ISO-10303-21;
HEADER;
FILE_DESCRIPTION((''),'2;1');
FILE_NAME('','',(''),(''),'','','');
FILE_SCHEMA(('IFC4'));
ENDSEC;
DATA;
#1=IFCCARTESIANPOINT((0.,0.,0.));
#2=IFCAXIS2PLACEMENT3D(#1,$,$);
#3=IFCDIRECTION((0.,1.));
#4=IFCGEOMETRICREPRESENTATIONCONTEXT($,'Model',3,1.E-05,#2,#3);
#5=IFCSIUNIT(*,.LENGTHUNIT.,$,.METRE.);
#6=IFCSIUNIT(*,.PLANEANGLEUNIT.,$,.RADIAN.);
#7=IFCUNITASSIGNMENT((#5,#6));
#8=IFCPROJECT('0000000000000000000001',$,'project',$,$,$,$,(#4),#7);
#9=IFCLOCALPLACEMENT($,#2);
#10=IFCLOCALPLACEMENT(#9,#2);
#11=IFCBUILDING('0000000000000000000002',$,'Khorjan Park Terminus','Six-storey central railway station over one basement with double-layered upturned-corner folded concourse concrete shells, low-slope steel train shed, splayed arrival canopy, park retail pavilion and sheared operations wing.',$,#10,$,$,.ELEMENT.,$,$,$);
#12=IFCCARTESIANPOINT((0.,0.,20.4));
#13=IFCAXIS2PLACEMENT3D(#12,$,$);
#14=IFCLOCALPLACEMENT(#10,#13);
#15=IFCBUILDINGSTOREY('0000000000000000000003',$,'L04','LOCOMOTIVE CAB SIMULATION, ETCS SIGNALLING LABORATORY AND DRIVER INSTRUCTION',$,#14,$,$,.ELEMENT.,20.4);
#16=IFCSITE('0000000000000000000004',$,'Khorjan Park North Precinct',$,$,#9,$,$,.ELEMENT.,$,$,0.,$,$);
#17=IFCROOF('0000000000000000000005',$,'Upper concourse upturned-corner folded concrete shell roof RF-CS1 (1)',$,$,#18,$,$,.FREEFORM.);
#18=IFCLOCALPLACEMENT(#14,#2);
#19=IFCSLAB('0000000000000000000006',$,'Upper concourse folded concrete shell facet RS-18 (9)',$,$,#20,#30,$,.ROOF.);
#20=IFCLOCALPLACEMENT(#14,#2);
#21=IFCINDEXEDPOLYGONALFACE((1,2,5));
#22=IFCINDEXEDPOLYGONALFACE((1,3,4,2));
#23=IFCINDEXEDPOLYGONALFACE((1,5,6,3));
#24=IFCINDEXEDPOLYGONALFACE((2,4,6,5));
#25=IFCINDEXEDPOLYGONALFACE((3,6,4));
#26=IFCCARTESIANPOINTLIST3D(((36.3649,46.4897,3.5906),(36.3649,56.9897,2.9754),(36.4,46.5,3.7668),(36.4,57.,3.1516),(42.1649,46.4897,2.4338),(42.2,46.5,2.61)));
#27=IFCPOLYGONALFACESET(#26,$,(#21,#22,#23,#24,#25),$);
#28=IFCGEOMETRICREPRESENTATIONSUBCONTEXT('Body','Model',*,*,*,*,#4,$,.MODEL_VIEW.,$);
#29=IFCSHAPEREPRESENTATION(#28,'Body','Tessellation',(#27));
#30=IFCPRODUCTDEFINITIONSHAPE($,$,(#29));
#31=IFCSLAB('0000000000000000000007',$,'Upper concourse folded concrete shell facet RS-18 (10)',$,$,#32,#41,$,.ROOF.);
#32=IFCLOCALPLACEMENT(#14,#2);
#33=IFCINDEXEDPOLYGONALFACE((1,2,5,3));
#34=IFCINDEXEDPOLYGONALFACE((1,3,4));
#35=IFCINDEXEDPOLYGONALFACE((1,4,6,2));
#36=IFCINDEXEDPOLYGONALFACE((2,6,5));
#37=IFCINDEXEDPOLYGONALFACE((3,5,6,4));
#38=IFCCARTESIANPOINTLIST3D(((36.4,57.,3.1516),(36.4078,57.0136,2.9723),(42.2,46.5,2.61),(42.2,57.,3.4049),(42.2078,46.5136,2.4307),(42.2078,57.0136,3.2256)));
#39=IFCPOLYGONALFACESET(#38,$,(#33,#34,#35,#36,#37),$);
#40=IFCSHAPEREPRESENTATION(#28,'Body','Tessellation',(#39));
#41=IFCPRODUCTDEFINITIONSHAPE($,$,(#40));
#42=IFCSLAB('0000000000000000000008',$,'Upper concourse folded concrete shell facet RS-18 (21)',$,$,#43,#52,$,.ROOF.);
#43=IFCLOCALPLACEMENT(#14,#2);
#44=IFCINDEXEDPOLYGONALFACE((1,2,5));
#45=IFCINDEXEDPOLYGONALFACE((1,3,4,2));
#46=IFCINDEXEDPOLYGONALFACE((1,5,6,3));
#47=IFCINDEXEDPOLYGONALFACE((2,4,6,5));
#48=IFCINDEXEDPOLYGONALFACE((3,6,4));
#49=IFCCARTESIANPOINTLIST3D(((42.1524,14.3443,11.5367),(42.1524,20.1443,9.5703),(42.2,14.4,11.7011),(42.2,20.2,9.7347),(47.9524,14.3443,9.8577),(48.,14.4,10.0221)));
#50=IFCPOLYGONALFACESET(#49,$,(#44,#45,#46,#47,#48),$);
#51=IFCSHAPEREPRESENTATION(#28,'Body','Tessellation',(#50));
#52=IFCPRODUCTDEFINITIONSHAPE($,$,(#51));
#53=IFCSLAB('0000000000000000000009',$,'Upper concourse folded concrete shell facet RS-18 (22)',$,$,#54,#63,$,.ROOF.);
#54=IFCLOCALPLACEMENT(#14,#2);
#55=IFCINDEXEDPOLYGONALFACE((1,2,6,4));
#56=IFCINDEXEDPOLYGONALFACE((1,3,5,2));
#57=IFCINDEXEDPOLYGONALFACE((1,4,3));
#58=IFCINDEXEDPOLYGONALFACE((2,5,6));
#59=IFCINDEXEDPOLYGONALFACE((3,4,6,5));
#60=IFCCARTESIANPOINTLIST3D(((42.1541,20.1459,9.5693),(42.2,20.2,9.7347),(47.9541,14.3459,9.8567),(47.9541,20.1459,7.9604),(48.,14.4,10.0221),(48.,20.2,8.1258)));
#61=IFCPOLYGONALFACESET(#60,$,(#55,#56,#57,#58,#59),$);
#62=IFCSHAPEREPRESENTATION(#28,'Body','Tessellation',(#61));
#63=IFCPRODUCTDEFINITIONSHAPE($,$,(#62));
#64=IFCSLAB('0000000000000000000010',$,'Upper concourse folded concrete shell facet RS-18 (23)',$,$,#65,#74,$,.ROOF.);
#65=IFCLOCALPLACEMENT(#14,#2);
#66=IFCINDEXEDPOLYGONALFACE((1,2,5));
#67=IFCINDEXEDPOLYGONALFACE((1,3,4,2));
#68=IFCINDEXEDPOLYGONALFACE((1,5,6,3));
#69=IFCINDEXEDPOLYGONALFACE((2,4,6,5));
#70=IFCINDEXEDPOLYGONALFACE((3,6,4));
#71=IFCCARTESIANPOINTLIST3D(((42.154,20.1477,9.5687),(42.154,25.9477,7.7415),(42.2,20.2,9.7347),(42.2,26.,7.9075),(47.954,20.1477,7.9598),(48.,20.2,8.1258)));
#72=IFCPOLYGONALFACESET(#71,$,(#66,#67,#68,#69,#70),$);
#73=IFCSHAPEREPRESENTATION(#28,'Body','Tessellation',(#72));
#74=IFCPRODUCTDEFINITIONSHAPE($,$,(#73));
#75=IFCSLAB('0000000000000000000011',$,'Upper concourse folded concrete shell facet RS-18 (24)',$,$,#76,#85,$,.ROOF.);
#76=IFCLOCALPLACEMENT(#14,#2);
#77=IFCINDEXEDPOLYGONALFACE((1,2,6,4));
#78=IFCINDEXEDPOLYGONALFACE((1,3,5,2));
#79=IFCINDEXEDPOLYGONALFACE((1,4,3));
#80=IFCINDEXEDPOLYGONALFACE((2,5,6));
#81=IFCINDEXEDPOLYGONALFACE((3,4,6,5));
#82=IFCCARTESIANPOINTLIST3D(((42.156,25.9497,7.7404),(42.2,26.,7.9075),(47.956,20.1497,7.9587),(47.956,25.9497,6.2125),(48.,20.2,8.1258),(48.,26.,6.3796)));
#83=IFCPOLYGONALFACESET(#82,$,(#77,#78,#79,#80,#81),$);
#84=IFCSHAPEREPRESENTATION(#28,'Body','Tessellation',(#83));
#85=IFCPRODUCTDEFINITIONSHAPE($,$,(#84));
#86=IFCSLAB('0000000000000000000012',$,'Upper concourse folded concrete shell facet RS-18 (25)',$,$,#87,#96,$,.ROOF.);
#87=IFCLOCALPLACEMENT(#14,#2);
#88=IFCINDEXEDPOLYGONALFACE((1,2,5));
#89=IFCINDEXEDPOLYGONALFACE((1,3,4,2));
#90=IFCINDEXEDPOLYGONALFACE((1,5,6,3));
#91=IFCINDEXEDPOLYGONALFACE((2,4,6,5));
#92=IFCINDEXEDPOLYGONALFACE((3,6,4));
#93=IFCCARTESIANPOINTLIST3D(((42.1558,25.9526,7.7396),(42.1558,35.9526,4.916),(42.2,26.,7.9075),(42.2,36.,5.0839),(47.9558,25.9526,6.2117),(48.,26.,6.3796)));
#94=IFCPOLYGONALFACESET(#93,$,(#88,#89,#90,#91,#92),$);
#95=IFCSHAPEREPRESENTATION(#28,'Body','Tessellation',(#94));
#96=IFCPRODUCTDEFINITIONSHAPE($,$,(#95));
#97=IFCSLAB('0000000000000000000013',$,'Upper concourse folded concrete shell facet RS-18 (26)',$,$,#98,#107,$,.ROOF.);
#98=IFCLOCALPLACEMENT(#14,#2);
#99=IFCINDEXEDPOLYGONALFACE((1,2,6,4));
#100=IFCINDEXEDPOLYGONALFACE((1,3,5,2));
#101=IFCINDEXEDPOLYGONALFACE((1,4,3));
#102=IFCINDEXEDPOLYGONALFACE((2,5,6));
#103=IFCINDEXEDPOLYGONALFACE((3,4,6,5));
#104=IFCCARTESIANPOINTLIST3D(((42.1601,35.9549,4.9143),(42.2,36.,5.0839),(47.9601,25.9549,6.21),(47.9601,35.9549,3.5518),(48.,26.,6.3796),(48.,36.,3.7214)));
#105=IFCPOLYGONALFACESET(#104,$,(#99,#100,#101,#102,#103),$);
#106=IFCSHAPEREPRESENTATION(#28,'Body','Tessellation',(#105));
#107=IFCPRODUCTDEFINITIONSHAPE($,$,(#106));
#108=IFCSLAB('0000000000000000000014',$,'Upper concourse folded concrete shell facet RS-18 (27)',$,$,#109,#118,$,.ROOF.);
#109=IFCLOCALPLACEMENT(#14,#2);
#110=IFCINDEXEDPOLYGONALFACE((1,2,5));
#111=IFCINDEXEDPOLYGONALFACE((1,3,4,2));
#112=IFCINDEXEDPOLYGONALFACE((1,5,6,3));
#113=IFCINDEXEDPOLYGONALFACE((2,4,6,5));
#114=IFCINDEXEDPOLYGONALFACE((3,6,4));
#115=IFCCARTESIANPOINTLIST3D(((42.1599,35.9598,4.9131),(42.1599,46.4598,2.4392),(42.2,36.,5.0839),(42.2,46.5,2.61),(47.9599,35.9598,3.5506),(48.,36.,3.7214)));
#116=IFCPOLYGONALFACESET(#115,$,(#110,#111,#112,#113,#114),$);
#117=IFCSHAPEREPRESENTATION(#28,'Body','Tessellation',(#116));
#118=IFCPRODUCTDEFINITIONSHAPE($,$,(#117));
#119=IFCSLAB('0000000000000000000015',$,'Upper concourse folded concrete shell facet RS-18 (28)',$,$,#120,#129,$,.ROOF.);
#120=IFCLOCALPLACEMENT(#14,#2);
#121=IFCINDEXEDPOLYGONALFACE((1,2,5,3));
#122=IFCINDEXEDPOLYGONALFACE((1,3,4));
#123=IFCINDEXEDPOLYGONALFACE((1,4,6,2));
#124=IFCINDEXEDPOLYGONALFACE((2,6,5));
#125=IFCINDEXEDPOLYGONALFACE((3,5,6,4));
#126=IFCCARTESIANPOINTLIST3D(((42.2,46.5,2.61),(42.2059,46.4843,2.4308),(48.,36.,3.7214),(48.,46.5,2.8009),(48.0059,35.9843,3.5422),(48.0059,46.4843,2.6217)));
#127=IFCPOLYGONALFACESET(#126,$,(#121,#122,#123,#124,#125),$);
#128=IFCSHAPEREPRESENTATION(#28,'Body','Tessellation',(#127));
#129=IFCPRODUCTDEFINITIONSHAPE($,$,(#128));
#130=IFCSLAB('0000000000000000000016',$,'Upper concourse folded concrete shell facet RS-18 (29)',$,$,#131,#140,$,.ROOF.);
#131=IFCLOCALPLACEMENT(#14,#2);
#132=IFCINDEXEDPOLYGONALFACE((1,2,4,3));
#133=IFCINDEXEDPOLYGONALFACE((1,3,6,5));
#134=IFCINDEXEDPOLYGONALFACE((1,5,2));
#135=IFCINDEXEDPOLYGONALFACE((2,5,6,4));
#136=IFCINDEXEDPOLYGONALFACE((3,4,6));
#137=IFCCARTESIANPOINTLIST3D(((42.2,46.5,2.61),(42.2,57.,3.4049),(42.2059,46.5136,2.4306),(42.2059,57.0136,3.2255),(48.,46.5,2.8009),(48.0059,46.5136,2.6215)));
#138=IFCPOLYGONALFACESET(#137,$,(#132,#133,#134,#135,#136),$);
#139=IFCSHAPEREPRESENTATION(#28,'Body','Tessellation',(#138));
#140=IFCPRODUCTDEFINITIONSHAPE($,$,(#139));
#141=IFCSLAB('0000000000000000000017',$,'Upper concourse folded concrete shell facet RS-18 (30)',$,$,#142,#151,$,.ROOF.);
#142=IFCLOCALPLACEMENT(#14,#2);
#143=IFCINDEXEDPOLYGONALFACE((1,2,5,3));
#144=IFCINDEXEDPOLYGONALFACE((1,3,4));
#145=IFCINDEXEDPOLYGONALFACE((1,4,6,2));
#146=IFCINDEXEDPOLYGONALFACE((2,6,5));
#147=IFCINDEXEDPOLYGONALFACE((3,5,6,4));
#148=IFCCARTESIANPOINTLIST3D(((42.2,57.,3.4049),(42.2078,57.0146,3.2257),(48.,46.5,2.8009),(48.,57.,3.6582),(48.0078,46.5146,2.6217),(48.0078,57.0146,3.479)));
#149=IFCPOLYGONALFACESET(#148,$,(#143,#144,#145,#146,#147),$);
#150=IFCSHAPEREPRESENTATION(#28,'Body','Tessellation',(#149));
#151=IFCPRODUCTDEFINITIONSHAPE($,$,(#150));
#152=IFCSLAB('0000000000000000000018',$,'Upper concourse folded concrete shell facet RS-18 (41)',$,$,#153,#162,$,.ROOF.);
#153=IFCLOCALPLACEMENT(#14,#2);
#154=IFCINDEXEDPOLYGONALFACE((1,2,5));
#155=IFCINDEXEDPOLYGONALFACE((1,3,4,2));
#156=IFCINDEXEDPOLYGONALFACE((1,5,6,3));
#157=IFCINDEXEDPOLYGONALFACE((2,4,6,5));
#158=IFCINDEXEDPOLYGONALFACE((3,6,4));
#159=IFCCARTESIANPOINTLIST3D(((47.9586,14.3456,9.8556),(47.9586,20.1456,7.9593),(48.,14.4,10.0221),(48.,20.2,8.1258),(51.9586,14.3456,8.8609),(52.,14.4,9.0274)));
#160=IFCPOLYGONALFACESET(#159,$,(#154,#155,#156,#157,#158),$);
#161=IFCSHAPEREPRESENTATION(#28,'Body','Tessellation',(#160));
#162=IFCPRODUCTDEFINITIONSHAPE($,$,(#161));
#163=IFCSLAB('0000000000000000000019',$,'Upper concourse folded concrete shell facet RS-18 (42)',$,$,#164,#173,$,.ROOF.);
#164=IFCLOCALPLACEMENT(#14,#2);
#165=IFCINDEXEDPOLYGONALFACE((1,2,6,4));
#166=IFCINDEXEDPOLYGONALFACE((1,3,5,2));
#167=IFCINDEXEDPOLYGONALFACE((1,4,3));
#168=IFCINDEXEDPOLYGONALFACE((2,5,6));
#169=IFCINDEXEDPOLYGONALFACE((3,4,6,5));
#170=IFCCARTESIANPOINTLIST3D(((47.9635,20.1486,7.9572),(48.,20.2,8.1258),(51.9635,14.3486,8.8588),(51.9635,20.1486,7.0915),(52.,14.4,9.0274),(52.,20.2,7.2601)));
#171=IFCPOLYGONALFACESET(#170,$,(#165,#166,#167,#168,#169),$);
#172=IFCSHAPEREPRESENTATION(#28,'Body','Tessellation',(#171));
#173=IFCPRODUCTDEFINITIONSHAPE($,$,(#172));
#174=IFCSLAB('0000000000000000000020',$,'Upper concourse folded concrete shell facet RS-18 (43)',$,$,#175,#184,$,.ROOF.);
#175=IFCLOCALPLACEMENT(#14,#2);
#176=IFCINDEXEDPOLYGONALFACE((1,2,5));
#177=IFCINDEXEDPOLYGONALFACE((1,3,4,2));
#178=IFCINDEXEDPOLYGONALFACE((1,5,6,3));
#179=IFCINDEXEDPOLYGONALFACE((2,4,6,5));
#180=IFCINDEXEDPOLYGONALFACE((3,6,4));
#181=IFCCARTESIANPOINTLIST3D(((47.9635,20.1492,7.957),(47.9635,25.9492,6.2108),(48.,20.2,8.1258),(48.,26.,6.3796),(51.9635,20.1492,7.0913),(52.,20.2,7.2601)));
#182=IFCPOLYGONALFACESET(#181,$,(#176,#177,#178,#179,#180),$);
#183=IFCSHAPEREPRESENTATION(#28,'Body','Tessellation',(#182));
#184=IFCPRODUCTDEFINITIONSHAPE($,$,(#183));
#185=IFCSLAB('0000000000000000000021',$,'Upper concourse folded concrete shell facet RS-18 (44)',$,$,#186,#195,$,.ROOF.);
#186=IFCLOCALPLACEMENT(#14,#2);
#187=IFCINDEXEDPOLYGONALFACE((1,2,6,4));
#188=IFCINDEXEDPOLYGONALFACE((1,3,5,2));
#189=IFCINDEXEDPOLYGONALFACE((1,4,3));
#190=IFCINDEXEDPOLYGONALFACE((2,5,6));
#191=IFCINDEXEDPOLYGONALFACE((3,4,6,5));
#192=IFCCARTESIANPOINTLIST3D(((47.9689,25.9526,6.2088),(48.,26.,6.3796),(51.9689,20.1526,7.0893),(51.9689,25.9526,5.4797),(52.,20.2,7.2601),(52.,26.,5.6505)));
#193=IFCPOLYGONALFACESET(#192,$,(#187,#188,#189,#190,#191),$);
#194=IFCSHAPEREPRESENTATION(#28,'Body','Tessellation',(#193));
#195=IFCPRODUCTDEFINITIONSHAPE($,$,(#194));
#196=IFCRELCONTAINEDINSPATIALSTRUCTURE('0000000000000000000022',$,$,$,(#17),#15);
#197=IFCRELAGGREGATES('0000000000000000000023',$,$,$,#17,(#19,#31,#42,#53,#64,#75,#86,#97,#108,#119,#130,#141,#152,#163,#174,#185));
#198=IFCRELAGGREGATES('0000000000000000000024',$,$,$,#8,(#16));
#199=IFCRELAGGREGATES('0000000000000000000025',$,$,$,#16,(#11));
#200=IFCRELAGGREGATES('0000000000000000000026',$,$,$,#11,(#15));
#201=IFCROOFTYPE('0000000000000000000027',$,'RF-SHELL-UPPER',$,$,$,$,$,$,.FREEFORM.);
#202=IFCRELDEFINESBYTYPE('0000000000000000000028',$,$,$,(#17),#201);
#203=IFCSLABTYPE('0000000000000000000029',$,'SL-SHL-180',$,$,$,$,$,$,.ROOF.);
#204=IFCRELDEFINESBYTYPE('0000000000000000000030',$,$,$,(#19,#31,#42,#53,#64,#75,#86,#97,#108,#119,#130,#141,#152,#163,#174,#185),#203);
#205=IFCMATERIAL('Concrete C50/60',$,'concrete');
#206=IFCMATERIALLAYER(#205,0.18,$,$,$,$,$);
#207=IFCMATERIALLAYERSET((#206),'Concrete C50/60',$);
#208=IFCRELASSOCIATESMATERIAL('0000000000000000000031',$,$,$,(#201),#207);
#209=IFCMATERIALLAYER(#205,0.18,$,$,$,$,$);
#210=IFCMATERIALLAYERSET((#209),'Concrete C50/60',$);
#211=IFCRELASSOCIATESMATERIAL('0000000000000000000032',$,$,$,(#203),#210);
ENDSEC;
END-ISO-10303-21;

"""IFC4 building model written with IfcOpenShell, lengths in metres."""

from ifc_helpers import new_model, si_unit, direction, frame, origin, place, context, subcontext, project, spatial, polyline, outline, extrude, material, layer, layer_set, type_object, element, aggregate, save


model = new_model("IFC4")

# Units and contexts
model_context = context("Model", 3, precision=1e-05, world=origin(), true_north=direction((0.0, 1.0)))
body_context = subcontext(model_context, "Body", "Model", "MODEL_VIEW")
ifc_project = project(units=[si_unit("LENGTHUNIT", "METRE"), si_unit("PLANEANGLEUNIT", "RADIAN")], contexts=[model_context])

# Site, building, storey
site_placement = place(None, origin())
site = spatial("IfcSite", under=ifc_project, at=site_placement, Name="Khorjan Park North Precinct", CompositionType="ELEMENT", RefElevation=0.0)
building_placement = place(site_placement, origin())
building = spatial("IfcBuilding", under=site, at=building_placement, Name="Khorjan Park Terminus", Description="Six-storey central railway station over one basement with double-layered upturned-corner folded concourse concrete shells, low-slope steel train shed, splayed arrival canopy, park retail pavilion and sheared operations wing.", CompositionType="ELEMENT")
storey_placement = place(building_placement, frame((0.0, 0.0, 20.4)))
storey = spatial("IfcBuildingStorey", under=building, at=storey_placement, Name="L04", Description="LOCOMOTIVE CAB SIMULATION, ETCS SIGNALLING LABORATORY AND DRIVER INSTRUCTION", CompositionType="ELEMENT", Elevation=20.4)

# Roof, slabs
ifc_material_1 = material(Name="Concrete C50/60", Category="concrete")
ifc_layer_1 = layer(ifc_material_1, 0.18)
ifc_layer_set_1 = layer_set([ifc_layer_1], Name="Concrete C50/60")
roof_type = type_object("IfcRoofType", Name="RF-SHELL-UPPER", PredefinedType="FREEFORM", material=ifc_layer_set_1)
roof_placement = place(storey_placement, origin())
roof = element("IfcRoof", 1, at=roof_placement, inside=storey, type_object=roof_type, Name="Upper concourse upturned-corner folded concrete shell roof RF-CS1 (1)", PredefinedType="FREEFORM")
ifc_layer_2 = layer(ifc_material_1, 0.18)
ifc_layer_set_2 = layer_set([ifc_layer_2], Name="Concrete C50/60")
slab_type_1 = type_object("IfcSlabType", Name="SL-SHL-180", PredefinedType="ROOF", material=ifc_layer_set_2)
slab_1_placement = place(storey_placement, frame((36.4, 46.5, 3.7668), z_axis=(0.195274, 0.057364, 0.97907), x_axis=(0.980685, 0.0, -0.195596)))
slab_1 = element("IfcSlab", 2, at=slab_1_placement, type_object=slab_type_1, Name="Upper concourse folded concrete shell facet RS-18 (9)", PredefinedType="ROOF", context=body_context, shape_type="SweptSolid", body=[
    extrude(outline(polyline([(0.0, 0.0), (5.9142, 0.0), (0.1203, 10.5173), (0.0, 0.0)])), origin(), (0.0, 0.0, -1.0), 0.18),
])
slab_2_placement = place(storey_placement, frame((42.2, 46.5, 2.61), z_axis=(-0.043507, -0.075417, 0.996202), x_axis=(0.0, 0.997147, 0.075489)))
slab_2 = element("IfcSlab", 3, at=slab_2_placement, type_object=slab_type_1, Name="Upper concourse folded concrete shell facet RS-18 (10)", PredefinedType="ROOF", context=body_context, shape_type="SweptSolid", body=[
    extrude(outline(polyline([(0.0, 0.0), (10.53, 0.0), (10.5109, 5.8055), (0.0, 0.0)])), origin(), (0.0, 0.0, -1.0), 0.18),
])
slab_3_placement = place(storey_placement, frame((42.2, 14.4, 11.7011), z_axis=(0.264399, 0.309657, 0.913349), x_axis=(0.960562, 0.0, -0.278066)))
slab_3 = element("IfcSlab", 4, at=slab_3_placement, type_object=slab_type_1, Name="Upper concourse folded concrete shell facet RS-18 (21)", PredefinedType="ROOF", context=body_context, shape_type="SweptSolid", body=[
    extrude(outline(polyline([(0.0, 0.0), (6.0381, 0.0), (0.5468, 6.0998), (0.0, 0.0)])), origin(), (0.0, 0.0, -1.0), 0.18),
])
slab_4_placement = place(storey_placement, frame((48.0, 14.4, 10.0221), z_axis=(0.254949, 0.300491, 0.919079), x_axis=(0.0, 0.950488, -0.31076)))
slab_4 = element("IfcSlab", 5, at=slab_4_placement, type_object=slab_type_1, Name="Upper concourse folded concrete shell facet RS-18 (22)", PredefinedType="ROOF", context=body_context, shape_type="SweptSolid", body=[
    extrude(outline(polyline([(0.0, 0.0), (6.1021, 0.0), (5.6021, 5.9982), (0.0, 0.0)])), origin(), (0.0, 0.0, -1.0), 0.18),
])
slab_5_placement = place(storey_placement, frame((42.2, 20.2, 9.7347), z_axis=(0.255777, 0.290481, 0.922062), x_axis=(0.963613, 0.0, -0.267303)))
slab_5 = element("IfcSlab", 6, at=slab_5_placement, type_object=slab_type_1, Name="Upper concourse folded concrete shell facet RS-18 (23)", PredefinedType="ROOF", context=body_context, shape_type="SweptSolid", body=[
    extrude(outline(polyline([(0.0, 0.0), (6.019, 0.0), (0.4884, 6.0614), (0.0, 0.0)])), origin(), (0.0, 0.0, -1.0), 0.18),
])
slab_6_placement = place(storey_placement, frame((48.0, 20.2, 8.1258), z_axis=(0.244586, 0.279531, 0.928461), x_axis=(0.0, 0.957544, -0.288287)))
slab_6 = element("IfcSlab", 7, at=slab_6_placement, type_object=slab_type_1, Name="Upper concourse folded concrete shell facet RS-18 (24)", PredefinedType="ROOF", context=body_context, shape_type="SweptSolid", body=[
    extrude(outline(polyline([(0.0, 0.0), (6.0572, 0.0), (5.6167, 5.9817), (0.0, 0.0)])), origin(), (0.0, 0.0, -1.0), 0.18),
])
slab_7_placement = place(storey_placement, frame((42.2, 26.0, 7.9075), z_axis=(0.245744, 0.263403, 0.932861), x_axis=(0.967009, 0.0, -0.25474)))
slab_7 = element("IfcSlab", 8, at=slab_7_placement, type_object=slab_type_1, Name="Upper concourse folded concrete shell facet RS-18 (25)", PredefinedType="ROOF", context=body_context, shape_type="SweptSolid", body=[
    extrude(outline(polyline([(0.0, 0.0), (5.9979, 0.0), (0.7193, 10.3661), (0.0, 0.0)])), origin(), (0.0, 0.0, -1.0), 0.18),
])
slab_8_placement = place(storey_placement, frame((48.0, 26.0, 6.3796), z_axis=(0.221396, 0.250523, 0.942455), x_axis=(0.0, 0.966438, -0.256899)))
slab_8 = element("IfcSlab", 9, at=slab_8_placement, type_object=slab_type_1, Name="Upper concourse folded concrete shell facet RS-18 (26)", PredefinedType="ROOF", context=body_context, shape_type="SweptSolid", body=[
    extrude(outline(polyline([(0.0, 0.0), (10.3473, 0.0), (9.9972, 5.9476), (0.0, 0.0)])), origin(), (0.0, 0.0, -1.0), 0.18),
])
slab_9_placement = place(storey_placement, frame((42.2, 36.0, 5.0839), z_axis=(0.2229, 0.223561, 0.94886), x_axis=(0.9735, 0.0, -0.228688)))
slab_9 = element("IfcSlab", 10, at=slab_9_placement, type_object=slab_type_1, Name="Upper concourse folded concrete shell facet RS-18 (27)", PredefinedType="ROOF", context=body_context, shape_type="SweptSolid", body=[
    extrude(outline(polyline([(0.0, 0.0), (5.9579, 0.0), (0.5658, 10.7727), (0.0, 0.0)])), origin(), (0.0, 0.0, -1.0), 0.18),
])
slab_10_placement = place(storey_placement, frame((48.0, 36.0, 3.7214), z_axis=(-0.03277, 0.087285, 0.995644), x_axis=(0.0, 0.996179, -0.087332)))
slab_10 = element("IfcSlab", 11, at=slab_10_placement, type_object=slab_type_1, Name="Upper concourse folded concrete shell facet RS-18 (28)", PredefinedType="ROOF", context=body_context, shape_type="SweptSolid", body=[
    extrude(outline(polyline([(0.0, 0.0), (10.5403, 0.0), (10.5569, 5.8031), (0.0, 0.0)])), origin(), (0.0, 0.0, -1.0), 0.18),
])
slab_11_placement = place(storey_placement, frame((42.2, 46.5, 2.61), z_axis=(-0.032802, -0.075448, 0.99661), x_axis=(0.999459, 0.0, 0.032896)))
slab_11 = element("IfcSlab", 12, at=slab_11_placement, type_object=slab_type_1, Name="Upper concourse folded concrete shell facet RS-18 (29)", PredefinedType="ROOF", context=body_context, shape_type="SweptSolid", body=[
    extrude(outline(polyline([(0.0, 0.0), (5.8031, 0.0), (0.0261, 10.53), (0.0, 0.0)])), origin(), (0.0, 0.0, -1.0), 0.18),
])
slab_12_placement = place(storey_placement, frame((48.0, 46.5, 2.8009), z_axis=(-0.043486, -0.0813, 0.995741), x_axis=(0.0, 0.996683, 0.081377)))
slab_12 = element("IfcSlab", 13, at=slab_12_placement, type_object=slab_type_1, Name="Upper concourse folded concrete shell facet RS-18 (30)", PredefinedType="ROOF", context=body_context, shape_type="SweptSolid", body=[
    extrude(outline(polyline([(0.0, 0.0), (10.5349, 0.0), (10.5143, 5.8055), (0.0, 0.0)])), origin(), (0.0, 0.0, -1.0), 0.18),
])
slab_13_placement = place(storey_placement, frame((48.0, 14.4, 10.0221), z_axis=(0.230025, 0.302427, 0.925001), x_axis=(0.970444, 0.0, -0.241325)))
slab_13 = element("IfcSlab", 14, at=slab_13_placement, type_object=slab_type_1, Name="Upper concourse folded concrete shell facet RS-18 (41)", PredefinedType="ROOF", context=body_context, shape_type="SweptSolid", body=[
    extrude(outline(polyline([(0.0, 0.0), (4.1218, 0.0), (0.4576, 6.0849), (0.0, 0.0)])), origin(), (0.0, 0.0, -1.0), 0.18),
])
slab_14_placement = place(storey_placement, frame((52.0, 14.4, 9.0274), z_axis=(0.202728, 0.285423, 0.936715), x_axis=(0.0, 0.956578, -0.291476)))
slab_14 = element("IfcSlab", 15, at=slab_14_placement, type_object=slab_type_1, Name="Upper concourse folded concrete shell facet RS-18 (42)", PredefinedType="ROOF", context=body_context, shape_type="SweptSolid", body=[
    extrude(outline(polyline([(0.0, 0.0), (6.0633, 0.0), (5.8109, 4.0848), (0.0, 0.0)])), origin(), (0.0, 0.0, -1.0), 0.18),
])
slab_15_placement = place(storey_placement, frame((48.0, 20.2, 8.1258), z_axis=(0.202925, 0.282289, 0.937622), x_axis=(0.977372, 0.0, -0.211528)))
slab_15 = element("IfcSlab", 16, at=slab_15_placement, type_object=slab_type_1, Name="Upper concourse folded concrete shell facet RS-18 (43)", PredefinedType="ROOF", context=body_context, shape_type="SweptSolid", body=[
    extrude(outline(polyline([(0.0, 0.0), (4.0926, 0.0), (0.3694, 6.0459), (0.0, 0.0)])), origin(), (0.0, 0.0, -1.0), 0.18),
])
slab_16_placement = place(storey_placement, frame((52.0, 20.2, 7.2601), z_axis=(0.172989, 0.263379, 0.949055), x_axis=(0.0, 0.963583, -0.267411)))
slab_16 = element("IfcSlab", 17, at=slab_16_placement, type_object=slab_type_1, Name="Upper concourse folded concrete shell facet RS-18 (44)", PredefinedType="ROOF", context=body_context, shape_type="SweptSolid", body=[
    extrude(outline(polyline([(0.0, 0.0), (6.0192, 0.0), (5.8242, 4.0612), (0.0, 0.0)])), origin(), (0.0, 0.0, -1.0), 0.18),
])
aggregate(roof, [slab_1, slab_2, slab_3, slab_4, slab_5, slab_6, slab_7, slab_8, slab_9, slab_10, slab_11, slab_12, slab_13, slab_14, slab_15, slab_16])

save(model, "model.ifc")
